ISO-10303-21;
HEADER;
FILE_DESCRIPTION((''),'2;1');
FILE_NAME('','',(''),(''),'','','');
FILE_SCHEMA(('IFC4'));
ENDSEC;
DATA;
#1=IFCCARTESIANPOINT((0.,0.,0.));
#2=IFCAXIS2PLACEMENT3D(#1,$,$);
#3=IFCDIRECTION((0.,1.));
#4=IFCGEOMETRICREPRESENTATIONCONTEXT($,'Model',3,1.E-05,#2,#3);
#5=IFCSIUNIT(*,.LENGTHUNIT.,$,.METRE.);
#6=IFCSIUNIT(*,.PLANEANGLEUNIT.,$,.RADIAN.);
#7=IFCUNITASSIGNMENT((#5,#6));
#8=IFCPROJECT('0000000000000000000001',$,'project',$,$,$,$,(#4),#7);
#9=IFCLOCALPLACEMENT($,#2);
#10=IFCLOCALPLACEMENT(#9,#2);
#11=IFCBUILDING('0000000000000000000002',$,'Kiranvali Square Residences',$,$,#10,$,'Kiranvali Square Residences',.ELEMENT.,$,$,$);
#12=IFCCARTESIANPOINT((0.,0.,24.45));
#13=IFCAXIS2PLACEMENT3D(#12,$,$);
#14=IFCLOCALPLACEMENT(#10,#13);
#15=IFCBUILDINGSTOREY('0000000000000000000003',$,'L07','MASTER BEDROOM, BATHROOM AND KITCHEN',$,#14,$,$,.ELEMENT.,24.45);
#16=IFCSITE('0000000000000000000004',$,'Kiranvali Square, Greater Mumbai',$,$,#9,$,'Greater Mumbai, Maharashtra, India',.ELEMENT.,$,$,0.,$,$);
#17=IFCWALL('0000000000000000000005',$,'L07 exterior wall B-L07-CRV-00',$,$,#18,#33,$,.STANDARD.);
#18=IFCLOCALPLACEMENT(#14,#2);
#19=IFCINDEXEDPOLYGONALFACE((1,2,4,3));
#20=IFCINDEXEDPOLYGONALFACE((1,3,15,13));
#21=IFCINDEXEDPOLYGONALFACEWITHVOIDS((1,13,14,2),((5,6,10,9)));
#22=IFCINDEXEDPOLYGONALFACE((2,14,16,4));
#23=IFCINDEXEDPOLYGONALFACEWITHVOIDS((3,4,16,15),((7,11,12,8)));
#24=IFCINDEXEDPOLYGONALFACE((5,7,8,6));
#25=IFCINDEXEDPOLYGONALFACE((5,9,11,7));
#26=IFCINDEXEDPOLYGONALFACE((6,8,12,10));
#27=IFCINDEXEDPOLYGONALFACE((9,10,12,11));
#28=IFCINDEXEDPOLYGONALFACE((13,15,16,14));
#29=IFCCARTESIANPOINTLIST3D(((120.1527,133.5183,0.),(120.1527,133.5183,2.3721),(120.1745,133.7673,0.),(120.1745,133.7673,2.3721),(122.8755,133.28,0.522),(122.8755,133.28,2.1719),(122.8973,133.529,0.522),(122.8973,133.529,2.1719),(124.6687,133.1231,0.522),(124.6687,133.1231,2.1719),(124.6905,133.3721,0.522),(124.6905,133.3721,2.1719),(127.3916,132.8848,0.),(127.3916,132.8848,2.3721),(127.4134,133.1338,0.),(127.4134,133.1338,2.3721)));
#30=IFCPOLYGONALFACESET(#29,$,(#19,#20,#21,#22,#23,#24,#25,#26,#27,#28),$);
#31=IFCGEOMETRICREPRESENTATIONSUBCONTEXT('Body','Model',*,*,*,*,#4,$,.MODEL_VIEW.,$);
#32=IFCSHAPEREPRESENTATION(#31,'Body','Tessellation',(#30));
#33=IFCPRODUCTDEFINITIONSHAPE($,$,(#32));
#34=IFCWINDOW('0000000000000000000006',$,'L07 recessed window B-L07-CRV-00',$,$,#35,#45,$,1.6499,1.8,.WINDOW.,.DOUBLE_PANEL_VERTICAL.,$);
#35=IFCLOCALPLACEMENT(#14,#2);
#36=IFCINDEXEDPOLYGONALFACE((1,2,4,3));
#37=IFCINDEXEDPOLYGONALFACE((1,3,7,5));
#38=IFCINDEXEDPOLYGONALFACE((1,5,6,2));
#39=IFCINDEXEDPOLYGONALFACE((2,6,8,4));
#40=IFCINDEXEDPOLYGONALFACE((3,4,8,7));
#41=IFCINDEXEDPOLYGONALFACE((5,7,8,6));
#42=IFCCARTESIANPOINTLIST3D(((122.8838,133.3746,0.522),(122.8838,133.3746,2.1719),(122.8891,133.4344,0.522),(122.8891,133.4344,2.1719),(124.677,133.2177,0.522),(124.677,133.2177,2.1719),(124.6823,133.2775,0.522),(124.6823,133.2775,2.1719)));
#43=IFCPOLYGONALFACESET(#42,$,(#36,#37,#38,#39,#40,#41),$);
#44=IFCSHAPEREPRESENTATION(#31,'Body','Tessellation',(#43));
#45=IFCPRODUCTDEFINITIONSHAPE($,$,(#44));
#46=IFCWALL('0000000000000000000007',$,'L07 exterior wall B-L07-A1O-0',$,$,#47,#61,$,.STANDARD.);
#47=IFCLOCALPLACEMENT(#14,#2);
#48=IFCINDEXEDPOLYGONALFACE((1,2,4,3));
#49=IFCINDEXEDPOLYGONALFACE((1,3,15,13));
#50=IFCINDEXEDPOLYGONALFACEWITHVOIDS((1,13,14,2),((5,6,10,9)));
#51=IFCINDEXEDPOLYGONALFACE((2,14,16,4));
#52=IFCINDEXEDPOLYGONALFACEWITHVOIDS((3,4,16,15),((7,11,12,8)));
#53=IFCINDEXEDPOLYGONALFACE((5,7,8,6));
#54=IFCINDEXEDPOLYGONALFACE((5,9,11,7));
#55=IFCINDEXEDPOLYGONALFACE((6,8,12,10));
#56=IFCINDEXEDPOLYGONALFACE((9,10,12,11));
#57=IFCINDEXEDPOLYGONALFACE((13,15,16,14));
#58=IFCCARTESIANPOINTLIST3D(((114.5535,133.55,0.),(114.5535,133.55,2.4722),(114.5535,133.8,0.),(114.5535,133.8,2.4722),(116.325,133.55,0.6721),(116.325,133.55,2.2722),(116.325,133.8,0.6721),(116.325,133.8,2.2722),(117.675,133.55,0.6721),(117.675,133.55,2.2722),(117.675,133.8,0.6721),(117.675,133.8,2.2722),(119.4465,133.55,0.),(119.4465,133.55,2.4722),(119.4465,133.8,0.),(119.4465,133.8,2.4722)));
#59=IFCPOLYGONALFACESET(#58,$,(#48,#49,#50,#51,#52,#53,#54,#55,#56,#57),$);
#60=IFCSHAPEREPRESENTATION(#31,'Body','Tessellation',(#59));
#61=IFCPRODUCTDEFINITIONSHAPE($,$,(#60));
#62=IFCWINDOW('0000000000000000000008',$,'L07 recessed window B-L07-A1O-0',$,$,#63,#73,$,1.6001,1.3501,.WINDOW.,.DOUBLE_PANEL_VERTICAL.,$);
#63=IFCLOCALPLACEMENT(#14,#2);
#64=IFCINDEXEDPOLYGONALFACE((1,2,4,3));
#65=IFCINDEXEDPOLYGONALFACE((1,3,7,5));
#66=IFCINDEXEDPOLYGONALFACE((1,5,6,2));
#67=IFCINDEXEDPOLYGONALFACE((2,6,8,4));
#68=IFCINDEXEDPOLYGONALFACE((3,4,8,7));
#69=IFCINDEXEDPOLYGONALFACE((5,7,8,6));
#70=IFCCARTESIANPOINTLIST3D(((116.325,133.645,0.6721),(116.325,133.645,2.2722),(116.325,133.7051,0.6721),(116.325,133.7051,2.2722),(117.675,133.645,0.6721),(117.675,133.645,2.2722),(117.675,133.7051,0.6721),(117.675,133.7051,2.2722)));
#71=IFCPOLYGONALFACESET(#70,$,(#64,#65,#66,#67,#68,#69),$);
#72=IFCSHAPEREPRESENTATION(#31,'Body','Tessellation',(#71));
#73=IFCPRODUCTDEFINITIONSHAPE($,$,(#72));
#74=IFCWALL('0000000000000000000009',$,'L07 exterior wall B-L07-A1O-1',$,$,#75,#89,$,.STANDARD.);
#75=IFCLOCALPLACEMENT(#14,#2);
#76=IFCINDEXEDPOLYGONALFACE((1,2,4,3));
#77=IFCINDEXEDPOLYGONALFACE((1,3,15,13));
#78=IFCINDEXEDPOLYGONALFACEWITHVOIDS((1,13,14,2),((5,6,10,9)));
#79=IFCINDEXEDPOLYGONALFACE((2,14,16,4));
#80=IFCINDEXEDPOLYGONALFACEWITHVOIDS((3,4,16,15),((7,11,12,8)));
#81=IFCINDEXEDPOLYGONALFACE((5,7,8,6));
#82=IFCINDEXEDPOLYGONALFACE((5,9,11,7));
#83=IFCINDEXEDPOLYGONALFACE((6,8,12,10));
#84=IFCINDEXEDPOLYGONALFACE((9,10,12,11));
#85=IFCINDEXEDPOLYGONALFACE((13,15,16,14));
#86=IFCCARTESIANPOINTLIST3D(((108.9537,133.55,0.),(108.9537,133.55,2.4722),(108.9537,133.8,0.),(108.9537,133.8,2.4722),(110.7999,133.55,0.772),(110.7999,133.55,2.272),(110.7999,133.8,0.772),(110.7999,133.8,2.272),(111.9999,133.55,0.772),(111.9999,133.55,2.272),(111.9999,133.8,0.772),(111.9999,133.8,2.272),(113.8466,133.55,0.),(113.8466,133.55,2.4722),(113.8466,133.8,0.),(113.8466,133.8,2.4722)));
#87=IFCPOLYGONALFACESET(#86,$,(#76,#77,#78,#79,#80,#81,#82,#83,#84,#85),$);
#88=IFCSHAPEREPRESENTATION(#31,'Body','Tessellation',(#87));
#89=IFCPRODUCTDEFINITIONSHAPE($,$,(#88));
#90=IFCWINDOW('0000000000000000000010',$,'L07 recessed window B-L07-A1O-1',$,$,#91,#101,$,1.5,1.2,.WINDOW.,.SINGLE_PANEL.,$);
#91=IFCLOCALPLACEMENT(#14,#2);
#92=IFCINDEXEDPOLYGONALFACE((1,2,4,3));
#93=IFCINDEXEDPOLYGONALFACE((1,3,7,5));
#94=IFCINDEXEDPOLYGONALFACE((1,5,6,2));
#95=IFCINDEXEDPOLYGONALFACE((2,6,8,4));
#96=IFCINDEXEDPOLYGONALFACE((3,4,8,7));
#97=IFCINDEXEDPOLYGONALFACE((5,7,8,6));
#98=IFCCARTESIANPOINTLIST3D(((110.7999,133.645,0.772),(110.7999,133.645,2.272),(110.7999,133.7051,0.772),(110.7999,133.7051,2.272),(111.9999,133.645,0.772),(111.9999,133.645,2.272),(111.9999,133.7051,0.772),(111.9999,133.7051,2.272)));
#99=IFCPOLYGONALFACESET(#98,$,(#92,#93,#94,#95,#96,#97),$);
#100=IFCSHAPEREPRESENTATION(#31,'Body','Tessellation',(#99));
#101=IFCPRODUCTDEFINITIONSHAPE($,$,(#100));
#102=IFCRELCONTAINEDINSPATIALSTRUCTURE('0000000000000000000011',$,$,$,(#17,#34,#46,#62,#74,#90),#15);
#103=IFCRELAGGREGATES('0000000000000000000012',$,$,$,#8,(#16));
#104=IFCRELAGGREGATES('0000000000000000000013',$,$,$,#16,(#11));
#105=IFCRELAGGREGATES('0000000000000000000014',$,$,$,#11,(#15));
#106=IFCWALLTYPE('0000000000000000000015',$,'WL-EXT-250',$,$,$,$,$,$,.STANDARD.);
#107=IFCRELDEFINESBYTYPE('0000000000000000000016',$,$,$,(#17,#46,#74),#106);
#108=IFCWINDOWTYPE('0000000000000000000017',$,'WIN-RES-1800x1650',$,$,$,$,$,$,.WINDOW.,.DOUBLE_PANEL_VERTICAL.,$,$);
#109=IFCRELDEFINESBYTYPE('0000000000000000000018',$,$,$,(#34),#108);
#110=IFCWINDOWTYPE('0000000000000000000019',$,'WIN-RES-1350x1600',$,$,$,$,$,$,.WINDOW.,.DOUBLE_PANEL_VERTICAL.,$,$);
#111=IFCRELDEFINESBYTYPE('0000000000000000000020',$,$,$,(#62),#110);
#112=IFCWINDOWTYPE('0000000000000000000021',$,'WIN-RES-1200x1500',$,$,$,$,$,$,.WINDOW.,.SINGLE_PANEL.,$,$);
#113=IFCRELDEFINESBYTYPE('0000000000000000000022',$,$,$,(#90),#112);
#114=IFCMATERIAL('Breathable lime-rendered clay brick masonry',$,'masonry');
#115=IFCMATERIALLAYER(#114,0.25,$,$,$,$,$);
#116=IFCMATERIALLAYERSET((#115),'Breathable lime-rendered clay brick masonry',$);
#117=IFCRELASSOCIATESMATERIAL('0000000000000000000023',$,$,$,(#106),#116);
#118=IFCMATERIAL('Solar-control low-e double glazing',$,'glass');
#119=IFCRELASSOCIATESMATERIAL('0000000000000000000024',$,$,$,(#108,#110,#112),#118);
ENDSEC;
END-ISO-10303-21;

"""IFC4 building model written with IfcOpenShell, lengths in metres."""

from ifc_helpers import new_model, si_unit, direction, frame, frame_2d, origin, place, context, subcontext, project, spatial, rectangle, extrude, material, layer, layer_set, type_object, element, fill, save


model = new_model("IFC4")

# Units and contexts
model_context = context("Model", 3, precision=1e-05, world=origin(), true_north=direction((0.0, 1.0)))
body_context = subcontext(model_context, "Body", "Model", "MODEL_VIEW")
ifc_project = project(units=[si_unit("LENGTHUNIT", "METRE"), si_unit("PLANEANGLEUNIT", "RADIAN")], contexts=[model_context])

# Site, building, storey
site_placement = place(None, origin())
site = spatial("IfcSite", under=ifc_project, at=site_placement, Name="Kiranvali Square, Greater Mumbai", LongName="Greater Mumbai, Maharashtra, India", CompositionType="ELEMENT", RefElevation=0.0)
building_placement = place(site_placement, origin())
building = spatial("IfcBuilding", under=site, at=building_placement, Name="Kiranvali Square Residences", LongName="Kiranvali Square Residences", CompositionType="ELEMENT")
storey_placement = place(building_placement, frame((0.0, 0.0, 24.45)))
storey = spatial("IfcBuildingStorey", under=building, at=storey_placement, Name="L07", Description="MASTER BEDROOM, BATHROOM AND KITCHEN", CompositionType="ELEMENT", Elevation=24.45)

# Walls, openings, windows
ifc_material_1 = material(Name="Breathable lime-rendered clay brick masonry", Category="masonry")
ifc_layer = layer(ifc_material_1, 0.25)
ifc_layer_set = layer_set([ifc_layer], Name="Breathable lime-rendered clay brick masonry")
wall_type = type_object("IfcWallType", Name="WL-EXT-250", PredefinedType="STANDARD", material=ifc_layer_set)
wall_1_placement = place(storey_placement, frame((120.1636, 133.6428, 0.0), z_axis=(0.0, 0.0, 1.0), x_axis=(0.996192, -0.087185, 0.0)))
wall_1 = element("IfcWall", 1, at=wall_1_placement, inside=storey, type_object=wall_type, Name="L07 exterior wall B-L07-CRV-00", PredefinedType="STANDARD", context=body_context, shape_type="SweptSolid", body=[
    extrude(rectangle(XDim=7.2666, YDim=0.25, at=frame_2d((3.6333, 0.0))), origin(), (0.0, 0.0, 1.0), 2.3721),
])
opening_1_placement = place(wall_1_placement, frame((2.7334, 0.0, 0.522)))
opening_1 = element("IfcOpeningElement", 2, at=opening_1_placement, cuts=wall_1, PredefinedType="OPENING", context=body_context, shape_type="SweptSolid", body=[
    extrude(rectangle(XDim=1.8, YDim=1.6499, at=frame_2d((0.8999, 0.825))), frame((0.0, 0.135, 0.0), z_axis=(0.0, -1.0, 0.0), x_axis=(1.0, 0.0, 0.0)), (0.0, 0.0, 1.0), 0.27),
])
ifc_material_2 = material(Name="Solar-control low-e double glazing", Category="glass")
window_type_1 = type_object("IfcWindowType", Name="WIN-RES-1800x1650", PartitioningType="DOUBLE_PANEL_VERTICAL", PredefinedType="WINDOW", material=ifc_material_2)
window_1_placement = place(opening_1_placement, origin())
window_1 = element("IfcWindow", 3, at=window_1_placement, inside=storey, type_object=window_type_1, Name="L07 recessed window B-L07-CRV-00", OverallHeight=1.6499, OverallWidth=1.8, PartitioningType="DOUBLE_PANEL_VERTICAL", PredefinedType="WINDOW", context=body_context, shape_type="SweptSolid", body=[
    extrude(rectangle(XDim=1.8, YDim=1.6499, at=frame_2d((0.8999, 0.825))), frame((0.0, 0.03, 0.0), z_axis=(0.0, -1.0, 0.0), x_axis=(1.0, 0.0, 0.0)), (0.0, 0.0, 1.0), 0.0601),
])
fill(opening_1, window_1)
wall_2_placement = place(storey_placement, frame((119.4465, 133.675, 0.0), z_axis=(0.0, 0.0, 1.0), x_axis=(-1.0, 0.0, 0.0)))
wall_2 = element("IfcWall", 4, at=wall_2_placement, inside=storey, type_object=wall_type, Name="L07 exterior wall B-L07-A1O-0", PredefinedType="STANDARD", context=body_context, shape_type="SweptSolid", body=[
    extrude(rectangle(XDim=4.8931, YDim=0.25, at=frame_2d((2.4465, 0.0))), origin(), (0.0, 0.0, 1.0), 2.4722),
])
opening_2_placement = place(wall_2_placement, frame((1.7715, 0.0, 0.6721)))
opening_2 = element("IfcOpeningElement", 5, at=opening_2_placement, cuts=wall_2, PredefinedType="OPENING", context=body_context, shape_type="SweptSolid", body=[
    extrude(rectangle(XDim=1.3501, YDim=1.6001, at=frame_2d((0.675, 0.8))), frame((0.0, 0.135, 0.0), z_axis=(0.0, -1.0, 0.0), x_axis=(1.0, 0.0, 0.0)), (0.0, 0.0, 1.0), 0.27),
])
window_type_2 = type_object("IfcWindowType", Name="WIN-RES-1350x1600", PartitioningType="DOUBLE_PANEL_VERTICAL", PredefinedType="WINDOW", material=ifc_material_2)
window_2_placement = place(opening_2_placement, origin())
window_2 = element("IfcWindow", 6, at=window_2_placement, inside=storey, type_object=window_type_2, Name="L07 recessed window B-L07-A1O-0", OverallHeight=1.6001, OverallWidth=1.3501, PartitioningType="DOUBLE_PANEL_VERTICAL", PredefinedType="WINDOW", context=body_context, shape_type="SweptSolid", body=[
    extrude(rectangle(XDim=1.3501, YDim=1.6001, at=frame_2d((0.675, 0.8))), frame((0.0, 0.03, 0.0), z_axis=(0.0, -1.0, 0.0), x_axis=(1.0, 0.0, 0.0)), (0.0, 0.0, 1.0), 0.0601),
])
fill(opening_2, window_2)
wall_3_placement = place(storey_placement, frame((113.8464, 133.675, 0.0), z_axis=(0.0, 0.0, 1.0), x_axis=(-1.0, 0.0, 0.0)))
wall_3 = element("IfcWall", 7, at=wall_3_placement, inside=storey, type_object=wall_type, Name="L07 exterior wall B-L07-A1O-1", PredefinedType="STANDARD", context=body_context, shape_type="SweptSolid", body=[
    extrude(rectangle(XDim=4.8928, YDim=0.25, at=frame_2d((2.4463, 0.0))), origin(), (0.0, 0.0, 1.0), 2.4722),
])
opening_3_placement = place(wall_3_placement, frame((1.8464, 0.0, 0.772)))
opening_3 = element("IfcOpeningElement", 8, at=opening_3_placement, cuts=wall_3, PredefinedType="OPENING", context=body_context, shape_type="SweptSolid", body=[
    extrude(rectangle(XDim=1.2, YDim=1.5, at=frame_2d((0.6001, 0.75))), frame((0.0, 0.135, 0.0), z_axis=(0.0, -1.0, 0.0), x_axis=(1.0, 0.0, 0.0)), (0.0, 0.0, 1.0), 0.27),
])
window_type_3 = type_object("IfcWindowType", Name="WIN-RES-1200x1500", PartitioningType="SINGLE_PANEL", PredefinedType="WINDOW", material=ifc_material_2)
window_3_placement = place(opening_3_placement, origin())
window_3 = element("IfcWindow", 9, at=window_3_placement, inside=storey, type_object=window_type_3, Name="L07 recessed window B-L07-A1O-1", OverallHeight=1.5, OverallWidth=1.2, PartitioningType="SINGLE_PANEL", PredefinedType="WINDOW", context=body_context, shape_type="SweptSolid", body=[
    extrude(rectangle(XDim=1.2, YDim=1.5, at=frame_2d((0.6001, 0.75))), frame((0.0, 0.03, 0.0), z_axis=(0.0, -1.0, 0.0), x_axis=(1.0, 0.0, 0.0)), (0.0, 0.0, 1.0), 0.0601),
])
fill(opening_3, window_3)

save(model, "model.ifc")
